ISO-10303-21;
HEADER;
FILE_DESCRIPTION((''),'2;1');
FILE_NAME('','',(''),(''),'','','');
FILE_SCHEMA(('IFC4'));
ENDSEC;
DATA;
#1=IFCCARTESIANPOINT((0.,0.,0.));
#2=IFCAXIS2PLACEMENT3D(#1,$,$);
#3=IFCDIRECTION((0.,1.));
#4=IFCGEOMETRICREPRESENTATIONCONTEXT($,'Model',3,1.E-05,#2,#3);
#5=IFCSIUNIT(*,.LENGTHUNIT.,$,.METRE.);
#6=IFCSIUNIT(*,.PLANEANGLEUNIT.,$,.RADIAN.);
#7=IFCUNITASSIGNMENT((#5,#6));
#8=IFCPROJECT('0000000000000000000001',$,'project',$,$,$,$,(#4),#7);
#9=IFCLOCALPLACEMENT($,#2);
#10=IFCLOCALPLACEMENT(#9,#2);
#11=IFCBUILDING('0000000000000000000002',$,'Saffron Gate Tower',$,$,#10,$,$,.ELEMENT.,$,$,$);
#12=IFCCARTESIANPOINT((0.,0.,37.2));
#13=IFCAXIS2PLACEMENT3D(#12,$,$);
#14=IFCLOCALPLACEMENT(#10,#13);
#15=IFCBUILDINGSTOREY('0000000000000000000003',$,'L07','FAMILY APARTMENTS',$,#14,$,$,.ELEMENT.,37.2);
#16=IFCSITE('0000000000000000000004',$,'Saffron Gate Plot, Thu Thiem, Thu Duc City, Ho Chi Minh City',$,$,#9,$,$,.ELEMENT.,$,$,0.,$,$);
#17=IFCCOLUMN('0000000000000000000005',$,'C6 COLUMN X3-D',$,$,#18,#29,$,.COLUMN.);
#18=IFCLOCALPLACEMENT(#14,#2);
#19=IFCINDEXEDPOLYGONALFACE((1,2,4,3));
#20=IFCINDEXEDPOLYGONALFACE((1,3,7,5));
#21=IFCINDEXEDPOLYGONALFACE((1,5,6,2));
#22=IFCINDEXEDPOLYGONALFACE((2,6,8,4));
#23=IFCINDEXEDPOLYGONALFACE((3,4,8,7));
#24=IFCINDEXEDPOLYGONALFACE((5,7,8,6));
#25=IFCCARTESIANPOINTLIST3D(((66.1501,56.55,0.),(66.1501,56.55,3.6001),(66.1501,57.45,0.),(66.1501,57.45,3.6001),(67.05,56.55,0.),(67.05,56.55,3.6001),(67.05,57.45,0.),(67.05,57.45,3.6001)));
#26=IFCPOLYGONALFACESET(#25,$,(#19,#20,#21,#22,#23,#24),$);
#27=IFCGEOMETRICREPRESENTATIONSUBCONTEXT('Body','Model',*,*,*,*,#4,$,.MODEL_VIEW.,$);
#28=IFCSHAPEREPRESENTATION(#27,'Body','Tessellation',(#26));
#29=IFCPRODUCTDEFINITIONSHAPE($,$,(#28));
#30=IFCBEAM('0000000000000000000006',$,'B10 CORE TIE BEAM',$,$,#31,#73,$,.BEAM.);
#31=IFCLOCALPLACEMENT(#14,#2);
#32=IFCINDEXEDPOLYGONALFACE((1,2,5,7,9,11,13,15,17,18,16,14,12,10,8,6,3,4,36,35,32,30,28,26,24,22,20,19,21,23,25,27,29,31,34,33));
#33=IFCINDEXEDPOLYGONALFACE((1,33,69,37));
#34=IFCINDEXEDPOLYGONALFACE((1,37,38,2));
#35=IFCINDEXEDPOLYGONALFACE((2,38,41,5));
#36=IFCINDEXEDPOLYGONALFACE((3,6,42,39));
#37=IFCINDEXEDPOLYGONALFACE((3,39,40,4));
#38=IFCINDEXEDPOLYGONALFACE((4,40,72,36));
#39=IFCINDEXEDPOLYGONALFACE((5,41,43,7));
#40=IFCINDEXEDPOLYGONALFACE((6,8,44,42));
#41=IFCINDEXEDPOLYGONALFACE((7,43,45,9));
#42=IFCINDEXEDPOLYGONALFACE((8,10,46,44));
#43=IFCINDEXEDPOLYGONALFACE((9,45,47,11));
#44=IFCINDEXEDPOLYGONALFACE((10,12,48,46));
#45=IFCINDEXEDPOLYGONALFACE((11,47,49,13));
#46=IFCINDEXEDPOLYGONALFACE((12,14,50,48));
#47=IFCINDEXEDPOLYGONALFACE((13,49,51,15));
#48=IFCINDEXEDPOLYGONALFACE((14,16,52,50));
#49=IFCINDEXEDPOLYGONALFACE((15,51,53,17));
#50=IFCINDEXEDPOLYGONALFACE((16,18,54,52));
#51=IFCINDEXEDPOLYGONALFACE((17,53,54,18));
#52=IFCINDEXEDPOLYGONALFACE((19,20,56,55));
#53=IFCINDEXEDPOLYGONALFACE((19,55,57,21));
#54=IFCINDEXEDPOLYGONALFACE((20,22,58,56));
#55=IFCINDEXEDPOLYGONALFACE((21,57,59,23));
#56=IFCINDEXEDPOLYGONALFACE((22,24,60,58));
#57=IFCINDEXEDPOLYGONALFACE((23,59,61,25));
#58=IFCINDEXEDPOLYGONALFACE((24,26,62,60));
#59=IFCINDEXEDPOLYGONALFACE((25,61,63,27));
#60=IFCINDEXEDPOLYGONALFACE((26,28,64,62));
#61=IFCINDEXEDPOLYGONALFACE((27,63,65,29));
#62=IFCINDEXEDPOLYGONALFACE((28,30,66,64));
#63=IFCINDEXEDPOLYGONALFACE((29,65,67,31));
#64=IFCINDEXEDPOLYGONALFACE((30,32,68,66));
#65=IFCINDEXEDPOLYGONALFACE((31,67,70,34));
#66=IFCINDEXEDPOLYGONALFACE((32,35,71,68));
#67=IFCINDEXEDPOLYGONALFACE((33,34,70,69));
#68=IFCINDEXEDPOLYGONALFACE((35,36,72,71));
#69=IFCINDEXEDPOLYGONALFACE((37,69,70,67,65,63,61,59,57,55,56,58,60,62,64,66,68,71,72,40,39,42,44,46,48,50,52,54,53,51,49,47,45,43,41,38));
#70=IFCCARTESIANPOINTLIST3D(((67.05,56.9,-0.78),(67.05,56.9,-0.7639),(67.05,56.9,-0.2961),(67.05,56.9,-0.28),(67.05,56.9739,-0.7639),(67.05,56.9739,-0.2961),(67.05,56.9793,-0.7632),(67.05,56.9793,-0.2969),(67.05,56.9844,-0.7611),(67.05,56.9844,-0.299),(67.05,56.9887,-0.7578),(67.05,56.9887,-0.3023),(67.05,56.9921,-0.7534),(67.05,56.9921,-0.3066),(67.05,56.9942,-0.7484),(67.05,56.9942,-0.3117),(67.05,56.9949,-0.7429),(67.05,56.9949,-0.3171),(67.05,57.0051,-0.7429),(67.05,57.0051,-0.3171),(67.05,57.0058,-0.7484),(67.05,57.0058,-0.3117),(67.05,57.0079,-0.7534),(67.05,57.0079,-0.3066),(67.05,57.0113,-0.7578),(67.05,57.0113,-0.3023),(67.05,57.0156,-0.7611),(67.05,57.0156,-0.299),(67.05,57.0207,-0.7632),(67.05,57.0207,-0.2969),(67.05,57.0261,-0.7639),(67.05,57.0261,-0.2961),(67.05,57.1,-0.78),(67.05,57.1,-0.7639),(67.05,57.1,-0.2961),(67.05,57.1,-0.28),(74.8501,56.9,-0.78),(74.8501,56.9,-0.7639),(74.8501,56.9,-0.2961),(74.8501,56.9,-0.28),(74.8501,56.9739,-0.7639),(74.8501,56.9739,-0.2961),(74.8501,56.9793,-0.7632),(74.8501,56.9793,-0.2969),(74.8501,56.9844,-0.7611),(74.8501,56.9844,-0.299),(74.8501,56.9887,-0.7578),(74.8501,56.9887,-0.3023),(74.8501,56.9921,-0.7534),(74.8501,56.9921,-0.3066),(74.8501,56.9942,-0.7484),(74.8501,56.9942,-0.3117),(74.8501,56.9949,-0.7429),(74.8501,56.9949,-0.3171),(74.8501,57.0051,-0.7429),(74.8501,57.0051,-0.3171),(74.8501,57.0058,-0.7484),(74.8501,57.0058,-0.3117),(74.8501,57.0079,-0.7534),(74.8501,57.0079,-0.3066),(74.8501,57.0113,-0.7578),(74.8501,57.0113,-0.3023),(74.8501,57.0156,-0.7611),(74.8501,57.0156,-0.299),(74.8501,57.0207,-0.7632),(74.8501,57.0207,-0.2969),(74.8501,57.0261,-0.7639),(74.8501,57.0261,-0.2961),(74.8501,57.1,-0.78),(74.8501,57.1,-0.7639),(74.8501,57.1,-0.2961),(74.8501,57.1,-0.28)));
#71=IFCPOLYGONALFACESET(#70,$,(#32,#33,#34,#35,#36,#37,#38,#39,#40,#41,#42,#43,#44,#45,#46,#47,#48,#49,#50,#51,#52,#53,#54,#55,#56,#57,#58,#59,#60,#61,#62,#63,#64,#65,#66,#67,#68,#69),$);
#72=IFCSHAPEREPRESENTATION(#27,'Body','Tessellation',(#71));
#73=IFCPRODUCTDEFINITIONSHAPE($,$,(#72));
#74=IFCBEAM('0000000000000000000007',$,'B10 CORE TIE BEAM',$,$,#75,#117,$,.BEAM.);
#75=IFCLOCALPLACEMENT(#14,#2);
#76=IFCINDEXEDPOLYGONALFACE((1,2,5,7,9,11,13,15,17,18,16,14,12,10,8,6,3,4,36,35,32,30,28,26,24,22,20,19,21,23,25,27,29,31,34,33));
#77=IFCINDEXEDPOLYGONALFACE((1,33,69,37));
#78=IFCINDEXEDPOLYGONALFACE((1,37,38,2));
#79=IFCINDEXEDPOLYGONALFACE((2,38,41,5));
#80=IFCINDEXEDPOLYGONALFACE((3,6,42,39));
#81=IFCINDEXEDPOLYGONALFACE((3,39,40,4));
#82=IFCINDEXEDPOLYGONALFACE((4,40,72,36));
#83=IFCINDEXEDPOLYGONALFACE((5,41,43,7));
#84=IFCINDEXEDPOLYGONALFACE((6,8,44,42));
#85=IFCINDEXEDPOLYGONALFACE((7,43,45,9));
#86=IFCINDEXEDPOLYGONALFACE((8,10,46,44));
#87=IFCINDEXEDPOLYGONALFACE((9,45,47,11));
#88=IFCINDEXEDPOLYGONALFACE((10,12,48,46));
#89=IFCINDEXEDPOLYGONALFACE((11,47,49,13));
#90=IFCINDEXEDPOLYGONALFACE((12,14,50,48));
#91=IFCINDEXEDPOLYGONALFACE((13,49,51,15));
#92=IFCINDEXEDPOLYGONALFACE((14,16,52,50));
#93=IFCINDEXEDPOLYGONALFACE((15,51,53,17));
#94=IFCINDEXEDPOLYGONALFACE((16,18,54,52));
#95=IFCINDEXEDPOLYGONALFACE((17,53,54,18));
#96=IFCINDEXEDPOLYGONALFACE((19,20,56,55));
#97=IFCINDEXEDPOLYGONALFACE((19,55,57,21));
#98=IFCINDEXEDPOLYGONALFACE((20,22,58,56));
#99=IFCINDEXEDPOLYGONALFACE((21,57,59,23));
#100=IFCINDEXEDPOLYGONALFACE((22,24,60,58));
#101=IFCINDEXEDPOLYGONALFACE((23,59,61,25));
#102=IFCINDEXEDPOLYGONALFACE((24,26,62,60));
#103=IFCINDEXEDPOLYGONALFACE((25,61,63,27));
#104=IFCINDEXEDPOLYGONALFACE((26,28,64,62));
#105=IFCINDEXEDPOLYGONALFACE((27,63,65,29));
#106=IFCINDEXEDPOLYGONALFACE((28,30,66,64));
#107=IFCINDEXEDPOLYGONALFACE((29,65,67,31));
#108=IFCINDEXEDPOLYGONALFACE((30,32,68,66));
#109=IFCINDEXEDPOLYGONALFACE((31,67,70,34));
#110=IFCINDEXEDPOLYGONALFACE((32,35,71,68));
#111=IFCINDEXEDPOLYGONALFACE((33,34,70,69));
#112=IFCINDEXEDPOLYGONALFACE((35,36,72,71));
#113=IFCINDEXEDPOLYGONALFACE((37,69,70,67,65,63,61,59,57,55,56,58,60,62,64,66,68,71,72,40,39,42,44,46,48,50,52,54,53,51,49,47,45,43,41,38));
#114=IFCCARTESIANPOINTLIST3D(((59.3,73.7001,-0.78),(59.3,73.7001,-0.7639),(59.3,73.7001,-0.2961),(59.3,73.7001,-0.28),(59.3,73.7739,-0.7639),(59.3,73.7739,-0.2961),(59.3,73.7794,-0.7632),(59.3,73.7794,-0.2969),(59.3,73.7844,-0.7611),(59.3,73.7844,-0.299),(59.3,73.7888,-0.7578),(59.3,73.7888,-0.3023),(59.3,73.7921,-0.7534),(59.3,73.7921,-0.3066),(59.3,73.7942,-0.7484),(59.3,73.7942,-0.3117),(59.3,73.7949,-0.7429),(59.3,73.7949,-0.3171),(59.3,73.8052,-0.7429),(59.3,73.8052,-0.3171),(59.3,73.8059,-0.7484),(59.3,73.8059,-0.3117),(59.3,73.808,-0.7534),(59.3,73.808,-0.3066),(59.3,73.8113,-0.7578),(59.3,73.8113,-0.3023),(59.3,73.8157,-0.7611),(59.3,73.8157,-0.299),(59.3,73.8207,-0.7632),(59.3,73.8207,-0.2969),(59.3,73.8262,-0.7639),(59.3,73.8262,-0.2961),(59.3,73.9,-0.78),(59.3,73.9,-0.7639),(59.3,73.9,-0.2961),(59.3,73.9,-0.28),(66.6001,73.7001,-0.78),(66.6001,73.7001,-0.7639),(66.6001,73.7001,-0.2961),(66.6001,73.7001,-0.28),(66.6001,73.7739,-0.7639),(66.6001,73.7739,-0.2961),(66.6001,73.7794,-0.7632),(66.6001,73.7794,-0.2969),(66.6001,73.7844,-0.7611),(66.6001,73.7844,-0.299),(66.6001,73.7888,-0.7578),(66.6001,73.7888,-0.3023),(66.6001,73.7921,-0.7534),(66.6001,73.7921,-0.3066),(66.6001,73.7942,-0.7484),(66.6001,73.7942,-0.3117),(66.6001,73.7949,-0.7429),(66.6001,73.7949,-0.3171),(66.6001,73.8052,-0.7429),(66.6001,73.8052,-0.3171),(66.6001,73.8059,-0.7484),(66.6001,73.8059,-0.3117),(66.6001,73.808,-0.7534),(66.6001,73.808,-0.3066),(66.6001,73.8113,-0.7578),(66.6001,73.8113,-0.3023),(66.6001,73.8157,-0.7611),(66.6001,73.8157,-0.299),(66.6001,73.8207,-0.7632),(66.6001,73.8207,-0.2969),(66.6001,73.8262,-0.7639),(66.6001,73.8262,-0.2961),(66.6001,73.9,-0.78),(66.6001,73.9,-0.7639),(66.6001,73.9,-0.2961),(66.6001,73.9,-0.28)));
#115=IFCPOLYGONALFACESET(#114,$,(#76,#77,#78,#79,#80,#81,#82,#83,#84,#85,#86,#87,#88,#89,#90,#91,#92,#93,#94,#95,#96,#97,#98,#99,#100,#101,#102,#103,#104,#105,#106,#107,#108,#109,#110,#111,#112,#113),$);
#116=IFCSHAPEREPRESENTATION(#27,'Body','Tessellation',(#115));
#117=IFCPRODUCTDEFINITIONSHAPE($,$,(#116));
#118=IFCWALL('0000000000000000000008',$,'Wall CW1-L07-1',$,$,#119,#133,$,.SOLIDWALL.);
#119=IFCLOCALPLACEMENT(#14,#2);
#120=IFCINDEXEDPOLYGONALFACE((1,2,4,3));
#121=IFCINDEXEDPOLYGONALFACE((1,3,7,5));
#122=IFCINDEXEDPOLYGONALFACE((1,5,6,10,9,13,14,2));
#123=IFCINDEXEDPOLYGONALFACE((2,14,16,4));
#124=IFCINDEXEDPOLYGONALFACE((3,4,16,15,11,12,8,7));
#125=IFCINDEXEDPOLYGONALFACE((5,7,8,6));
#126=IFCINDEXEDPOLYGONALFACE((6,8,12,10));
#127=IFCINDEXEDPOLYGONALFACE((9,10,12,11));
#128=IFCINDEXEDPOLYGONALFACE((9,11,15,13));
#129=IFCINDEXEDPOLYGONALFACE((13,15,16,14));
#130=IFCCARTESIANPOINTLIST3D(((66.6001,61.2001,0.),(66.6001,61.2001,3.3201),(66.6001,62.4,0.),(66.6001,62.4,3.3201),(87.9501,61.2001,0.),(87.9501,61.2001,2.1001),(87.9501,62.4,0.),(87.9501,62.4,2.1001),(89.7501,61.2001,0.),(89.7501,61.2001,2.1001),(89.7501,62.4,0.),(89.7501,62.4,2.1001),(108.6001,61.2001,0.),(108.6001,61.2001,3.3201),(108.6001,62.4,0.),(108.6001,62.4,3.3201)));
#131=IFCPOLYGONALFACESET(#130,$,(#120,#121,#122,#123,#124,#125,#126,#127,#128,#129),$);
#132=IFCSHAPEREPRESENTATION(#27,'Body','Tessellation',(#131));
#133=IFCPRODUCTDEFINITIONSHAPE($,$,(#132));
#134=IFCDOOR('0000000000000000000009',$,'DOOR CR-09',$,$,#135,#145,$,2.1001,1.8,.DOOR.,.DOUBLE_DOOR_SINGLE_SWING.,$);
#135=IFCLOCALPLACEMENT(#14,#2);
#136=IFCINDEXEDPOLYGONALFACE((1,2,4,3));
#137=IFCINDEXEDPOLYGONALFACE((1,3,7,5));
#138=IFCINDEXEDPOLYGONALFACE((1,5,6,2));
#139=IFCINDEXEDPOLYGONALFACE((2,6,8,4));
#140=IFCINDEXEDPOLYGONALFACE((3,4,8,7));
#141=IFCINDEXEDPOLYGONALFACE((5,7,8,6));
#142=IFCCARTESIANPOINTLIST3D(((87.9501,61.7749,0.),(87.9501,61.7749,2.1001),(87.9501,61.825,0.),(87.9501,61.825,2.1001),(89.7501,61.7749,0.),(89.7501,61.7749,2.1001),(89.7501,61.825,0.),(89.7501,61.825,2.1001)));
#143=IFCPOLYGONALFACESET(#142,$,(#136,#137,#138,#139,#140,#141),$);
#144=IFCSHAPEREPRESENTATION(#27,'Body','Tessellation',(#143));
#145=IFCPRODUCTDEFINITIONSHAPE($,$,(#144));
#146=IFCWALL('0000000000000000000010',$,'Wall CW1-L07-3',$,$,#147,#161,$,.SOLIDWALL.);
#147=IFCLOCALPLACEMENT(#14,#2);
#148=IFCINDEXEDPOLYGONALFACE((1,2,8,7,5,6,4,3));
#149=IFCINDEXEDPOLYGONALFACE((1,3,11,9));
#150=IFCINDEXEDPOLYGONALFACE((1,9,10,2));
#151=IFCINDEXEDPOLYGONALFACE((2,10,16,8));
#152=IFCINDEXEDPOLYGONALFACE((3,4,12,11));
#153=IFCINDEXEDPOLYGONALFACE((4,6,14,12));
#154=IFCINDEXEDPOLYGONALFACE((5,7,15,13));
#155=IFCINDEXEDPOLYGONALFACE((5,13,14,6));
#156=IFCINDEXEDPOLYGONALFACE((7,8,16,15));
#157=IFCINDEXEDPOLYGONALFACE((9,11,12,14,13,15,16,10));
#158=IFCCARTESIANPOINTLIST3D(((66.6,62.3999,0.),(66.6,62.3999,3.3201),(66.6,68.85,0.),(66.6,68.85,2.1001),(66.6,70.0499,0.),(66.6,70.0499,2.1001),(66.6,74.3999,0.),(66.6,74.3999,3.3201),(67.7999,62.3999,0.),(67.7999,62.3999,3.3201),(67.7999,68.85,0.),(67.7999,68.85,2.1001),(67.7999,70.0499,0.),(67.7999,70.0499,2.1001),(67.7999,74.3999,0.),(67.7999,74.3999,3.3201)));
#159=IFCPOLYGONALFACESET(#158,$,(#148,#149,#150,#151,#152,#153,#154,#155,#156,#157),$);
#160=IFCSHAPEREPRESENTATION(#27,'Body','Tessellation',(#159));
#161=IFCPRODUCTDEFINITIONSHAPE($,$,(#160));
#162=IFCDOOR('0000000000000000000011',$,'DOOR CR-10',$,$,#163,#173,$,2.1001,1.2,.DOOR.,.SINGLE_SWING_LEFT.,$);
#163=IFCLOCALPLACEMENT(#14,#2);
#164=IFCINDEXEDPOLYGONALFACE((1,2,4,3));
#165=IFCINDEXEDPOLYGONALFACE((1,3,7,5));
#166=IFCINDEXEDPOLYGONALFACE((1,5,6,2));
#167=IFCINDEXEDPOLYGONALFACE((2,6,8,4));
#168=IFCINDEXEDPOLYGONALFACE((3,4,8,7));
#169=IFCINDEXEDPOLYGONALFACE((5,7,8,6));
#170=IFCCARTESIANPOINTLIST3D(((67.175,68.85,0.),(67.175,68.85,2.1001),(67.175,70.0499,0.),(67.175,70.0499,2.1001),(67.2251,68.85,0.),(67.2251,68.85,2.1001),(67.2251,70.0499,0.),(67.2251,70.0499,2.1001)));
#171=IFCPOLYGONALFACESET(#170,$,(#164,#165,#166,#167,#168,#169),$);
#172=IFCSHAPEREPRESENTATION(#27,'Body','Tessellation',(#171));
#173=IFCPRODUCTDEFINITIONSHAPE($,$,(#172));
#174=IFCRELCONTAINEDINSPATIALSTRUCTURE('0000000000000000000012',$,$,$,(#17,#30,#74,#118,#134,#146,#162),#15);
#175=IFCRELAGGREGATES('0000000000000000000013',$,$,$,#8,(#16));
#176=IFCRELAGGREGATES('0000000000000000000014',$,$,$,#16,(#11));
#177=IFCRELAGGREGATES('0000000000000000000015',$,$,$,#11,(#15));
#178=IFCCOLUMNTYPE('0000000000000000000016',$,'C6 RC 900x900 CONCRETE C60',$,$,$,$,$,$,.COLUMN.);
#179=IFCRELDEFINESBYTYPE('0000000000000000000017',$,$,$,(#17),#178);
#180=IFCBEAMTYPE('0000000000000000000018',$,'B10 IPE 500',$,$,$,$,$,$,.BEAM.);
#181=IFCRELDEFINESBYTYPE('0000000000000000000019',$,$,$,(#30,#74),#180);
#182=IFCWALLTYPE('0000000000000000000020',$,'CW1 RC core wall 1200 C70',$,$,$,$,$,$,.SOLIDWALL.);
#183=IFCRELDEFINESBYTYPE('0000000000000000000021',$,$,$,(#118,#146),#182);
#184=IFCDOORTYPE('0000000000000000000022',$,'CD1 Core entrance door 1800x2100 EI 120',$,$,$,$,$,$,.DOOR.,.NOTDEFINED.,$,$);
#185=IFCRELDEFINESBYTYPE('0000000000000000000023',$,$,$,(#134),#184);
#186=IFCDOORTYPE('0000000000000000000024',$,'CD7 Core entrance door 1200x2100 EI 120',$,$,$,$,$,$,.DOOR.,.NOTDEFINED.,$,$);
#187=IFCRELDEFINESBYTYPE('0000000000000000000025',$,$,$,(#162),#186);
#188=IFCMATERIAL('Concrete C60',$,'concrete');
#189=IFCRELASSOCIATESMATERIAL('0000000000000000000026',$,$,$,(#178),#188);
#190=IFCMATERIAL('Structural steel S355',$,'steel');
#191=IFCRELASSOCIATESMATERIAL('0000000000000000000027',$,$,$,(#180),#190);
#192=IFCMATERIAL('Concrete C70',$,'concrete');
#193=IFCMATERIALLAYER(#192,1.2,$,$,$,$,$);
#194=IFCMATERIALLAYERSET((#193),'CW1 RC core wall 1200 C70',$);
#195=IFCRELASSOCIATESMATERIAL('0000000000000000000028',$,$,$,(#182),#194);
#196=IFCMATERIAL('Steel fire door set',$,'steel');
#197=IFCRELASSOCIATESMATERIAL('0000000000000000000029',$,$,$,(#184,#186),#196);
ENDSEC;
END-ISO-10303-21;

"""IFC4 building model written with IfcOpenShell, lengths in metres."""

from ifc_helpers import new_model, si_unit, direction, frame, frame_2d, origin, origin_2d, place, context, subcontext, project, spatial, rectangle, i_section, extrude, material, layer, layer_set, material_profile, profile_set, type_object, element, fill, save


model = new_model("IFC4")

# Units and contexts
model_context = context("Model", 3, precision=1e-05, world=origin(), true_north=direction((0.0, 1.0)))
body_context = subcontext(model_context, "Body", "Model", "MODEL_VIEW")
ifc_project = project(units=[si_unit("LENGTHUNIT", "METRE"), si_unit("PLANEANGLEUNIT", "RADIAN")], contexts=[model_context])

# Site, building, storey
site_placement = place(None, origin())
site = spatial("IfcSite", under=ifc_project, at=site_placement, Name="Saffron Gate Plot, Thu Thiem, Thu Duc City, Ho Chi Minh City", CompositionType="ELEMENT", RefElevation=0.0)
building_placement = place(site_placement, origin())
building = spatial("IfcBuilding", under=site, at=building_placement, Name="Saffron Gate Tower", CompositionType="ELEMENT")
storey_placement = place(building_placement, frame((0.0, 0.0, 37.2)))
storey = spatial("IfcBuildingStorey", under=building, at=storey_placement, Name="L07", Description="FAMILY APARTMENTS", CompositionType="ELEMENT", Elevation=37.2)

# Column
ifc_material_1 = material(Name="Concrete C60", Category="concrete")
ifc_material_profile_1 = material_profile(ifc_material_1, rectangle(XDim=0.8999, YDim=0.8999, at=origin_2d()))
ifc_profile_set_1 = profile_set([ifc_material_profile_1], Name="Concrete C60")
column_type = type_object("IfcColumnType", Name="C6 RC 900x900 CONCRETE C60", PredefinedType="COLUMN", material=ifc_profile_set_1)
column_placement = place(storey_placement, frame((66.6001, 57.0, 0.0), z_axis=(0.0, 0.0, 1.0), x_axis=(1.0, 0.0, 0.0)))
element("IfcColumn", 1, at=column_placement, inside=storey, type_object=column_type, Name="C6 COLUMN X3-D", PredefinedType="COLUMN", context=body_context, shape_type="SweptSolid", body=[
    extrude(rectangle(XDim=0.8999, YDim=0.8999, at=origin_2d()), origin(), (0.0, 0.0, 1.0), 3.6001),
])

# Beams
ifc_material_2 = material(Name="Structural steel S355", Category="steel")
ifc_material_profile_2 = material_profile(ifc_material_2, i_section(OverallWidth=0.2, OverallDepth=0.5, WebThickness=0.0103, FlangeThickness=0.0161, FilletRadius=0.021, at=origin_2d()))
ifc_profile_set_2 = profile_set([ifc_material_profile_2], Name="Structural steel S355")
beam_type = type_object("IfcBeamType", Name="B10 IPE 500", PredefinedType="BEAM", material=ifc_profile_set_2)
beam_1_placement = place(storey_placement, frame((67.05, 57.0, -0.53), z_axis=(1.0, 0.0, 0.0), x_axis=(0.0, 1.0, 0.0)))
element("IfcBeam", 2, at=beam_1_placement, inside=storey, type_object=beam_type, Name="B10 CORE TIE BEAM", PredefinedType="BEAM", context=body_context, shape_type="SweptSolid", body=[
    extrude(i_section(OverallWidth=0.2, OverallDepth=0.5, WebThickness=0.0103, FlangeThickness=0.0161, FilletRadius=0.021, at=origin_2d()), origin(), (0.0, 0.0, 1.0), 7.8),
])
beam_2_placement = place(storey_placement, frame((59.3, 73.8, -0.53), z_axis=(1.0, 0.0, 0.0), x_axis=(0.0, 1.0, 0.0)))
element("IfcBeam", 3, at=beam_2_placement, inside=storey, type_object=beam_type, Name="B10 CORE TIE BEAM", PredefinedType="BEAM", context=body_context, shape_type="SweptSolid", body=[
    extrude(i_section(OverallWidth=0.2, OverallDepth=0.5, WebThickness=0.0103, FlangeThickness=0.0161, FilletRadius=0.021, at=origin_2d()), origin(), (0.0, 0.0, 1.0), 7.3),
])

# Walls, openings, doors
ifc_material_3 = material(Name="Concrete C70", Category="concrete")
ifc_layer_1 = layer(ifc_material_3, 1.2)
ifc_layer_set_1 = layer_set([ifc_layer_1], Name="CW1 RC core wall 1200 C70")
wall_type_1 = type_object("IfcWallType", Name="CW1 RC core wall 1200 C70", PredefinedType="SOLIDWALL", material=ifc_layer_set_1)
wall_1_placement = place(storey_placement, frame((66.6001, 61.8, 0.0), z_axis=(0.0, 0.0, 1.0), x_axis=(1.0, 0.0, 0.0)))
wall_1 = element("IfcWall", 4, at=wall_1_placement, inside=storey, type_object=wall_type_1, Name="Wall CW1-L07-1", PredefinedType="SOLIDWALL", context=body_context, shape_type="SweptSolid", body=[
    extrude(rectangle(XDim=42.0, YDim=1.2, at=frame_2d((21.0, 0.0))), origin(), (0.0, 0.0, 1.0), 3.3201),
])
opening_1_placement = place(wall_1_placement, frame((21.3501, 0.0, 0.0)))
opening_1 = element("IfcOpeningElement", 5, at=opening_1_placement, cuts=wall_1, PredefinedType="OPENING", context=body_context, shape_type="SweptSolid", body=[
    extrude(rectangle(XDim=1.8, YDim=2.1001, at=frame_2d((0.8999, 1.05))), frame((0.0, 0.6099, 0.0), z_axis=(0.0, -1.0, 0.0), x_axis=(1.0, 0.0, 0.0)), (0.0, 0.0, 1.0), 1.22),
])
ifc_material_4 = material(Name="Steel fire door set", Category="steel")
door_type_1 = type_object("IfcDoorType", Name="CD1 Core entrance door 1800x2100 EI 120", OperationType="NOTDEFINED", PredefinedType="DOOR", material=ifc_material_4)
door_1_placement = place(opening_1_placement, origin())
door_1 = element("IfcDoor", 6, at=door_1_placement, inside=storey, type_object=door_type_1, Name="DOOR CR-09", OperationType="DOUBLE_DOOR_SINGLE_SWING", OverallHeight=2.1001, OverallWidth=1.8, PredefinedType="DOOR", context=body_context, shape_type="SweptSolid", body=[
    extrude(rectangle(XDim=1.8, YDim=2.1001, at=frame_2d((0.8999, 1.05))), frame((0.0, 0.0249, 0.0), z_axis=(0.0, -1.0, 0.0), x_axis=(1.0, 0.0, 0.0)), (0.0, 0.0, 1.0), 0.05),
])
fill(opening_1, door_1)
wall_2_placement = place(storey_placement, frame((67.2, 62.3999, 0.0), z_axis=(0.0, 0.0, 1.0), x_axis=(0.0, 1.0, 0.0)))
wall_2 = element("IfcWall", 7, at=wall_2_placement, inside=storey, type_object=wall_type_1, Name="Wall CW1-L07-3", PredefinedType="SOLIDWALL", context=body_context, shape_type="SweptSolid", body=[
    extrude(rectangle(XDim=12.0, YDim=1.2, at=frame_2d((6.0, 0.0))), origin(), (0.0, 0.0, 1.0), 3.3201),
])
opening_2_placement = place(wall_2_placement, frame((6.45, 0.0, 0.0)))
opening_2 = element("IfcOpeningElement", 8, at=opening_2_placement, cuts=wall_2, PredefinedType="OPENING", context=body_context, shape_type="SweptSolid", body=[
    extrude(rectangle(XDim=1.2, YDim=2.1001, at=frame_2d((0.6001, 1.05))), frame((0.0, 0.6099, 0.0), z_axis=(0.0, -1.0, 0.0), x_axis=(1.0, 0.0, 0.0)), (0.0, 0.0, 1.0), 1.22),
])
door_type_2 = type_object("IfcDoorType", Name="CD7 Core entrance door 1200x2100 EI 120", OperationType="NOTDEFINED", PredefinedType="DOOR", material=ifc_material_4)
door_2_placement = place(opening_2_placement, origin())
door_2 = element("IfcDoor", 9, at=door_2_placement, inside=storey, type_object=door_type_2, Name="DOOR CR-10", OperationType="SINGLE_SWING_LEFT", OverallHeight=2.1001, OverallWidth=1.2, PredefinedType="DOOR", context=body_context, shape_type="SweptSolid", body=[
    extrude(rectangle(XDim=1.2, YDim=2.1001, at=frame_2d((0.6001, 1.05))), frame((0.0, 0.0249, 0.0), z_axis=(0.0, -1.0, 0.0), x_axis=(1.0, 0.0, 0.0)), (0.0, 0.0, 1.0), 0.05),
])
fill(opening_2, door_2)

save(model, "model.ifc")
